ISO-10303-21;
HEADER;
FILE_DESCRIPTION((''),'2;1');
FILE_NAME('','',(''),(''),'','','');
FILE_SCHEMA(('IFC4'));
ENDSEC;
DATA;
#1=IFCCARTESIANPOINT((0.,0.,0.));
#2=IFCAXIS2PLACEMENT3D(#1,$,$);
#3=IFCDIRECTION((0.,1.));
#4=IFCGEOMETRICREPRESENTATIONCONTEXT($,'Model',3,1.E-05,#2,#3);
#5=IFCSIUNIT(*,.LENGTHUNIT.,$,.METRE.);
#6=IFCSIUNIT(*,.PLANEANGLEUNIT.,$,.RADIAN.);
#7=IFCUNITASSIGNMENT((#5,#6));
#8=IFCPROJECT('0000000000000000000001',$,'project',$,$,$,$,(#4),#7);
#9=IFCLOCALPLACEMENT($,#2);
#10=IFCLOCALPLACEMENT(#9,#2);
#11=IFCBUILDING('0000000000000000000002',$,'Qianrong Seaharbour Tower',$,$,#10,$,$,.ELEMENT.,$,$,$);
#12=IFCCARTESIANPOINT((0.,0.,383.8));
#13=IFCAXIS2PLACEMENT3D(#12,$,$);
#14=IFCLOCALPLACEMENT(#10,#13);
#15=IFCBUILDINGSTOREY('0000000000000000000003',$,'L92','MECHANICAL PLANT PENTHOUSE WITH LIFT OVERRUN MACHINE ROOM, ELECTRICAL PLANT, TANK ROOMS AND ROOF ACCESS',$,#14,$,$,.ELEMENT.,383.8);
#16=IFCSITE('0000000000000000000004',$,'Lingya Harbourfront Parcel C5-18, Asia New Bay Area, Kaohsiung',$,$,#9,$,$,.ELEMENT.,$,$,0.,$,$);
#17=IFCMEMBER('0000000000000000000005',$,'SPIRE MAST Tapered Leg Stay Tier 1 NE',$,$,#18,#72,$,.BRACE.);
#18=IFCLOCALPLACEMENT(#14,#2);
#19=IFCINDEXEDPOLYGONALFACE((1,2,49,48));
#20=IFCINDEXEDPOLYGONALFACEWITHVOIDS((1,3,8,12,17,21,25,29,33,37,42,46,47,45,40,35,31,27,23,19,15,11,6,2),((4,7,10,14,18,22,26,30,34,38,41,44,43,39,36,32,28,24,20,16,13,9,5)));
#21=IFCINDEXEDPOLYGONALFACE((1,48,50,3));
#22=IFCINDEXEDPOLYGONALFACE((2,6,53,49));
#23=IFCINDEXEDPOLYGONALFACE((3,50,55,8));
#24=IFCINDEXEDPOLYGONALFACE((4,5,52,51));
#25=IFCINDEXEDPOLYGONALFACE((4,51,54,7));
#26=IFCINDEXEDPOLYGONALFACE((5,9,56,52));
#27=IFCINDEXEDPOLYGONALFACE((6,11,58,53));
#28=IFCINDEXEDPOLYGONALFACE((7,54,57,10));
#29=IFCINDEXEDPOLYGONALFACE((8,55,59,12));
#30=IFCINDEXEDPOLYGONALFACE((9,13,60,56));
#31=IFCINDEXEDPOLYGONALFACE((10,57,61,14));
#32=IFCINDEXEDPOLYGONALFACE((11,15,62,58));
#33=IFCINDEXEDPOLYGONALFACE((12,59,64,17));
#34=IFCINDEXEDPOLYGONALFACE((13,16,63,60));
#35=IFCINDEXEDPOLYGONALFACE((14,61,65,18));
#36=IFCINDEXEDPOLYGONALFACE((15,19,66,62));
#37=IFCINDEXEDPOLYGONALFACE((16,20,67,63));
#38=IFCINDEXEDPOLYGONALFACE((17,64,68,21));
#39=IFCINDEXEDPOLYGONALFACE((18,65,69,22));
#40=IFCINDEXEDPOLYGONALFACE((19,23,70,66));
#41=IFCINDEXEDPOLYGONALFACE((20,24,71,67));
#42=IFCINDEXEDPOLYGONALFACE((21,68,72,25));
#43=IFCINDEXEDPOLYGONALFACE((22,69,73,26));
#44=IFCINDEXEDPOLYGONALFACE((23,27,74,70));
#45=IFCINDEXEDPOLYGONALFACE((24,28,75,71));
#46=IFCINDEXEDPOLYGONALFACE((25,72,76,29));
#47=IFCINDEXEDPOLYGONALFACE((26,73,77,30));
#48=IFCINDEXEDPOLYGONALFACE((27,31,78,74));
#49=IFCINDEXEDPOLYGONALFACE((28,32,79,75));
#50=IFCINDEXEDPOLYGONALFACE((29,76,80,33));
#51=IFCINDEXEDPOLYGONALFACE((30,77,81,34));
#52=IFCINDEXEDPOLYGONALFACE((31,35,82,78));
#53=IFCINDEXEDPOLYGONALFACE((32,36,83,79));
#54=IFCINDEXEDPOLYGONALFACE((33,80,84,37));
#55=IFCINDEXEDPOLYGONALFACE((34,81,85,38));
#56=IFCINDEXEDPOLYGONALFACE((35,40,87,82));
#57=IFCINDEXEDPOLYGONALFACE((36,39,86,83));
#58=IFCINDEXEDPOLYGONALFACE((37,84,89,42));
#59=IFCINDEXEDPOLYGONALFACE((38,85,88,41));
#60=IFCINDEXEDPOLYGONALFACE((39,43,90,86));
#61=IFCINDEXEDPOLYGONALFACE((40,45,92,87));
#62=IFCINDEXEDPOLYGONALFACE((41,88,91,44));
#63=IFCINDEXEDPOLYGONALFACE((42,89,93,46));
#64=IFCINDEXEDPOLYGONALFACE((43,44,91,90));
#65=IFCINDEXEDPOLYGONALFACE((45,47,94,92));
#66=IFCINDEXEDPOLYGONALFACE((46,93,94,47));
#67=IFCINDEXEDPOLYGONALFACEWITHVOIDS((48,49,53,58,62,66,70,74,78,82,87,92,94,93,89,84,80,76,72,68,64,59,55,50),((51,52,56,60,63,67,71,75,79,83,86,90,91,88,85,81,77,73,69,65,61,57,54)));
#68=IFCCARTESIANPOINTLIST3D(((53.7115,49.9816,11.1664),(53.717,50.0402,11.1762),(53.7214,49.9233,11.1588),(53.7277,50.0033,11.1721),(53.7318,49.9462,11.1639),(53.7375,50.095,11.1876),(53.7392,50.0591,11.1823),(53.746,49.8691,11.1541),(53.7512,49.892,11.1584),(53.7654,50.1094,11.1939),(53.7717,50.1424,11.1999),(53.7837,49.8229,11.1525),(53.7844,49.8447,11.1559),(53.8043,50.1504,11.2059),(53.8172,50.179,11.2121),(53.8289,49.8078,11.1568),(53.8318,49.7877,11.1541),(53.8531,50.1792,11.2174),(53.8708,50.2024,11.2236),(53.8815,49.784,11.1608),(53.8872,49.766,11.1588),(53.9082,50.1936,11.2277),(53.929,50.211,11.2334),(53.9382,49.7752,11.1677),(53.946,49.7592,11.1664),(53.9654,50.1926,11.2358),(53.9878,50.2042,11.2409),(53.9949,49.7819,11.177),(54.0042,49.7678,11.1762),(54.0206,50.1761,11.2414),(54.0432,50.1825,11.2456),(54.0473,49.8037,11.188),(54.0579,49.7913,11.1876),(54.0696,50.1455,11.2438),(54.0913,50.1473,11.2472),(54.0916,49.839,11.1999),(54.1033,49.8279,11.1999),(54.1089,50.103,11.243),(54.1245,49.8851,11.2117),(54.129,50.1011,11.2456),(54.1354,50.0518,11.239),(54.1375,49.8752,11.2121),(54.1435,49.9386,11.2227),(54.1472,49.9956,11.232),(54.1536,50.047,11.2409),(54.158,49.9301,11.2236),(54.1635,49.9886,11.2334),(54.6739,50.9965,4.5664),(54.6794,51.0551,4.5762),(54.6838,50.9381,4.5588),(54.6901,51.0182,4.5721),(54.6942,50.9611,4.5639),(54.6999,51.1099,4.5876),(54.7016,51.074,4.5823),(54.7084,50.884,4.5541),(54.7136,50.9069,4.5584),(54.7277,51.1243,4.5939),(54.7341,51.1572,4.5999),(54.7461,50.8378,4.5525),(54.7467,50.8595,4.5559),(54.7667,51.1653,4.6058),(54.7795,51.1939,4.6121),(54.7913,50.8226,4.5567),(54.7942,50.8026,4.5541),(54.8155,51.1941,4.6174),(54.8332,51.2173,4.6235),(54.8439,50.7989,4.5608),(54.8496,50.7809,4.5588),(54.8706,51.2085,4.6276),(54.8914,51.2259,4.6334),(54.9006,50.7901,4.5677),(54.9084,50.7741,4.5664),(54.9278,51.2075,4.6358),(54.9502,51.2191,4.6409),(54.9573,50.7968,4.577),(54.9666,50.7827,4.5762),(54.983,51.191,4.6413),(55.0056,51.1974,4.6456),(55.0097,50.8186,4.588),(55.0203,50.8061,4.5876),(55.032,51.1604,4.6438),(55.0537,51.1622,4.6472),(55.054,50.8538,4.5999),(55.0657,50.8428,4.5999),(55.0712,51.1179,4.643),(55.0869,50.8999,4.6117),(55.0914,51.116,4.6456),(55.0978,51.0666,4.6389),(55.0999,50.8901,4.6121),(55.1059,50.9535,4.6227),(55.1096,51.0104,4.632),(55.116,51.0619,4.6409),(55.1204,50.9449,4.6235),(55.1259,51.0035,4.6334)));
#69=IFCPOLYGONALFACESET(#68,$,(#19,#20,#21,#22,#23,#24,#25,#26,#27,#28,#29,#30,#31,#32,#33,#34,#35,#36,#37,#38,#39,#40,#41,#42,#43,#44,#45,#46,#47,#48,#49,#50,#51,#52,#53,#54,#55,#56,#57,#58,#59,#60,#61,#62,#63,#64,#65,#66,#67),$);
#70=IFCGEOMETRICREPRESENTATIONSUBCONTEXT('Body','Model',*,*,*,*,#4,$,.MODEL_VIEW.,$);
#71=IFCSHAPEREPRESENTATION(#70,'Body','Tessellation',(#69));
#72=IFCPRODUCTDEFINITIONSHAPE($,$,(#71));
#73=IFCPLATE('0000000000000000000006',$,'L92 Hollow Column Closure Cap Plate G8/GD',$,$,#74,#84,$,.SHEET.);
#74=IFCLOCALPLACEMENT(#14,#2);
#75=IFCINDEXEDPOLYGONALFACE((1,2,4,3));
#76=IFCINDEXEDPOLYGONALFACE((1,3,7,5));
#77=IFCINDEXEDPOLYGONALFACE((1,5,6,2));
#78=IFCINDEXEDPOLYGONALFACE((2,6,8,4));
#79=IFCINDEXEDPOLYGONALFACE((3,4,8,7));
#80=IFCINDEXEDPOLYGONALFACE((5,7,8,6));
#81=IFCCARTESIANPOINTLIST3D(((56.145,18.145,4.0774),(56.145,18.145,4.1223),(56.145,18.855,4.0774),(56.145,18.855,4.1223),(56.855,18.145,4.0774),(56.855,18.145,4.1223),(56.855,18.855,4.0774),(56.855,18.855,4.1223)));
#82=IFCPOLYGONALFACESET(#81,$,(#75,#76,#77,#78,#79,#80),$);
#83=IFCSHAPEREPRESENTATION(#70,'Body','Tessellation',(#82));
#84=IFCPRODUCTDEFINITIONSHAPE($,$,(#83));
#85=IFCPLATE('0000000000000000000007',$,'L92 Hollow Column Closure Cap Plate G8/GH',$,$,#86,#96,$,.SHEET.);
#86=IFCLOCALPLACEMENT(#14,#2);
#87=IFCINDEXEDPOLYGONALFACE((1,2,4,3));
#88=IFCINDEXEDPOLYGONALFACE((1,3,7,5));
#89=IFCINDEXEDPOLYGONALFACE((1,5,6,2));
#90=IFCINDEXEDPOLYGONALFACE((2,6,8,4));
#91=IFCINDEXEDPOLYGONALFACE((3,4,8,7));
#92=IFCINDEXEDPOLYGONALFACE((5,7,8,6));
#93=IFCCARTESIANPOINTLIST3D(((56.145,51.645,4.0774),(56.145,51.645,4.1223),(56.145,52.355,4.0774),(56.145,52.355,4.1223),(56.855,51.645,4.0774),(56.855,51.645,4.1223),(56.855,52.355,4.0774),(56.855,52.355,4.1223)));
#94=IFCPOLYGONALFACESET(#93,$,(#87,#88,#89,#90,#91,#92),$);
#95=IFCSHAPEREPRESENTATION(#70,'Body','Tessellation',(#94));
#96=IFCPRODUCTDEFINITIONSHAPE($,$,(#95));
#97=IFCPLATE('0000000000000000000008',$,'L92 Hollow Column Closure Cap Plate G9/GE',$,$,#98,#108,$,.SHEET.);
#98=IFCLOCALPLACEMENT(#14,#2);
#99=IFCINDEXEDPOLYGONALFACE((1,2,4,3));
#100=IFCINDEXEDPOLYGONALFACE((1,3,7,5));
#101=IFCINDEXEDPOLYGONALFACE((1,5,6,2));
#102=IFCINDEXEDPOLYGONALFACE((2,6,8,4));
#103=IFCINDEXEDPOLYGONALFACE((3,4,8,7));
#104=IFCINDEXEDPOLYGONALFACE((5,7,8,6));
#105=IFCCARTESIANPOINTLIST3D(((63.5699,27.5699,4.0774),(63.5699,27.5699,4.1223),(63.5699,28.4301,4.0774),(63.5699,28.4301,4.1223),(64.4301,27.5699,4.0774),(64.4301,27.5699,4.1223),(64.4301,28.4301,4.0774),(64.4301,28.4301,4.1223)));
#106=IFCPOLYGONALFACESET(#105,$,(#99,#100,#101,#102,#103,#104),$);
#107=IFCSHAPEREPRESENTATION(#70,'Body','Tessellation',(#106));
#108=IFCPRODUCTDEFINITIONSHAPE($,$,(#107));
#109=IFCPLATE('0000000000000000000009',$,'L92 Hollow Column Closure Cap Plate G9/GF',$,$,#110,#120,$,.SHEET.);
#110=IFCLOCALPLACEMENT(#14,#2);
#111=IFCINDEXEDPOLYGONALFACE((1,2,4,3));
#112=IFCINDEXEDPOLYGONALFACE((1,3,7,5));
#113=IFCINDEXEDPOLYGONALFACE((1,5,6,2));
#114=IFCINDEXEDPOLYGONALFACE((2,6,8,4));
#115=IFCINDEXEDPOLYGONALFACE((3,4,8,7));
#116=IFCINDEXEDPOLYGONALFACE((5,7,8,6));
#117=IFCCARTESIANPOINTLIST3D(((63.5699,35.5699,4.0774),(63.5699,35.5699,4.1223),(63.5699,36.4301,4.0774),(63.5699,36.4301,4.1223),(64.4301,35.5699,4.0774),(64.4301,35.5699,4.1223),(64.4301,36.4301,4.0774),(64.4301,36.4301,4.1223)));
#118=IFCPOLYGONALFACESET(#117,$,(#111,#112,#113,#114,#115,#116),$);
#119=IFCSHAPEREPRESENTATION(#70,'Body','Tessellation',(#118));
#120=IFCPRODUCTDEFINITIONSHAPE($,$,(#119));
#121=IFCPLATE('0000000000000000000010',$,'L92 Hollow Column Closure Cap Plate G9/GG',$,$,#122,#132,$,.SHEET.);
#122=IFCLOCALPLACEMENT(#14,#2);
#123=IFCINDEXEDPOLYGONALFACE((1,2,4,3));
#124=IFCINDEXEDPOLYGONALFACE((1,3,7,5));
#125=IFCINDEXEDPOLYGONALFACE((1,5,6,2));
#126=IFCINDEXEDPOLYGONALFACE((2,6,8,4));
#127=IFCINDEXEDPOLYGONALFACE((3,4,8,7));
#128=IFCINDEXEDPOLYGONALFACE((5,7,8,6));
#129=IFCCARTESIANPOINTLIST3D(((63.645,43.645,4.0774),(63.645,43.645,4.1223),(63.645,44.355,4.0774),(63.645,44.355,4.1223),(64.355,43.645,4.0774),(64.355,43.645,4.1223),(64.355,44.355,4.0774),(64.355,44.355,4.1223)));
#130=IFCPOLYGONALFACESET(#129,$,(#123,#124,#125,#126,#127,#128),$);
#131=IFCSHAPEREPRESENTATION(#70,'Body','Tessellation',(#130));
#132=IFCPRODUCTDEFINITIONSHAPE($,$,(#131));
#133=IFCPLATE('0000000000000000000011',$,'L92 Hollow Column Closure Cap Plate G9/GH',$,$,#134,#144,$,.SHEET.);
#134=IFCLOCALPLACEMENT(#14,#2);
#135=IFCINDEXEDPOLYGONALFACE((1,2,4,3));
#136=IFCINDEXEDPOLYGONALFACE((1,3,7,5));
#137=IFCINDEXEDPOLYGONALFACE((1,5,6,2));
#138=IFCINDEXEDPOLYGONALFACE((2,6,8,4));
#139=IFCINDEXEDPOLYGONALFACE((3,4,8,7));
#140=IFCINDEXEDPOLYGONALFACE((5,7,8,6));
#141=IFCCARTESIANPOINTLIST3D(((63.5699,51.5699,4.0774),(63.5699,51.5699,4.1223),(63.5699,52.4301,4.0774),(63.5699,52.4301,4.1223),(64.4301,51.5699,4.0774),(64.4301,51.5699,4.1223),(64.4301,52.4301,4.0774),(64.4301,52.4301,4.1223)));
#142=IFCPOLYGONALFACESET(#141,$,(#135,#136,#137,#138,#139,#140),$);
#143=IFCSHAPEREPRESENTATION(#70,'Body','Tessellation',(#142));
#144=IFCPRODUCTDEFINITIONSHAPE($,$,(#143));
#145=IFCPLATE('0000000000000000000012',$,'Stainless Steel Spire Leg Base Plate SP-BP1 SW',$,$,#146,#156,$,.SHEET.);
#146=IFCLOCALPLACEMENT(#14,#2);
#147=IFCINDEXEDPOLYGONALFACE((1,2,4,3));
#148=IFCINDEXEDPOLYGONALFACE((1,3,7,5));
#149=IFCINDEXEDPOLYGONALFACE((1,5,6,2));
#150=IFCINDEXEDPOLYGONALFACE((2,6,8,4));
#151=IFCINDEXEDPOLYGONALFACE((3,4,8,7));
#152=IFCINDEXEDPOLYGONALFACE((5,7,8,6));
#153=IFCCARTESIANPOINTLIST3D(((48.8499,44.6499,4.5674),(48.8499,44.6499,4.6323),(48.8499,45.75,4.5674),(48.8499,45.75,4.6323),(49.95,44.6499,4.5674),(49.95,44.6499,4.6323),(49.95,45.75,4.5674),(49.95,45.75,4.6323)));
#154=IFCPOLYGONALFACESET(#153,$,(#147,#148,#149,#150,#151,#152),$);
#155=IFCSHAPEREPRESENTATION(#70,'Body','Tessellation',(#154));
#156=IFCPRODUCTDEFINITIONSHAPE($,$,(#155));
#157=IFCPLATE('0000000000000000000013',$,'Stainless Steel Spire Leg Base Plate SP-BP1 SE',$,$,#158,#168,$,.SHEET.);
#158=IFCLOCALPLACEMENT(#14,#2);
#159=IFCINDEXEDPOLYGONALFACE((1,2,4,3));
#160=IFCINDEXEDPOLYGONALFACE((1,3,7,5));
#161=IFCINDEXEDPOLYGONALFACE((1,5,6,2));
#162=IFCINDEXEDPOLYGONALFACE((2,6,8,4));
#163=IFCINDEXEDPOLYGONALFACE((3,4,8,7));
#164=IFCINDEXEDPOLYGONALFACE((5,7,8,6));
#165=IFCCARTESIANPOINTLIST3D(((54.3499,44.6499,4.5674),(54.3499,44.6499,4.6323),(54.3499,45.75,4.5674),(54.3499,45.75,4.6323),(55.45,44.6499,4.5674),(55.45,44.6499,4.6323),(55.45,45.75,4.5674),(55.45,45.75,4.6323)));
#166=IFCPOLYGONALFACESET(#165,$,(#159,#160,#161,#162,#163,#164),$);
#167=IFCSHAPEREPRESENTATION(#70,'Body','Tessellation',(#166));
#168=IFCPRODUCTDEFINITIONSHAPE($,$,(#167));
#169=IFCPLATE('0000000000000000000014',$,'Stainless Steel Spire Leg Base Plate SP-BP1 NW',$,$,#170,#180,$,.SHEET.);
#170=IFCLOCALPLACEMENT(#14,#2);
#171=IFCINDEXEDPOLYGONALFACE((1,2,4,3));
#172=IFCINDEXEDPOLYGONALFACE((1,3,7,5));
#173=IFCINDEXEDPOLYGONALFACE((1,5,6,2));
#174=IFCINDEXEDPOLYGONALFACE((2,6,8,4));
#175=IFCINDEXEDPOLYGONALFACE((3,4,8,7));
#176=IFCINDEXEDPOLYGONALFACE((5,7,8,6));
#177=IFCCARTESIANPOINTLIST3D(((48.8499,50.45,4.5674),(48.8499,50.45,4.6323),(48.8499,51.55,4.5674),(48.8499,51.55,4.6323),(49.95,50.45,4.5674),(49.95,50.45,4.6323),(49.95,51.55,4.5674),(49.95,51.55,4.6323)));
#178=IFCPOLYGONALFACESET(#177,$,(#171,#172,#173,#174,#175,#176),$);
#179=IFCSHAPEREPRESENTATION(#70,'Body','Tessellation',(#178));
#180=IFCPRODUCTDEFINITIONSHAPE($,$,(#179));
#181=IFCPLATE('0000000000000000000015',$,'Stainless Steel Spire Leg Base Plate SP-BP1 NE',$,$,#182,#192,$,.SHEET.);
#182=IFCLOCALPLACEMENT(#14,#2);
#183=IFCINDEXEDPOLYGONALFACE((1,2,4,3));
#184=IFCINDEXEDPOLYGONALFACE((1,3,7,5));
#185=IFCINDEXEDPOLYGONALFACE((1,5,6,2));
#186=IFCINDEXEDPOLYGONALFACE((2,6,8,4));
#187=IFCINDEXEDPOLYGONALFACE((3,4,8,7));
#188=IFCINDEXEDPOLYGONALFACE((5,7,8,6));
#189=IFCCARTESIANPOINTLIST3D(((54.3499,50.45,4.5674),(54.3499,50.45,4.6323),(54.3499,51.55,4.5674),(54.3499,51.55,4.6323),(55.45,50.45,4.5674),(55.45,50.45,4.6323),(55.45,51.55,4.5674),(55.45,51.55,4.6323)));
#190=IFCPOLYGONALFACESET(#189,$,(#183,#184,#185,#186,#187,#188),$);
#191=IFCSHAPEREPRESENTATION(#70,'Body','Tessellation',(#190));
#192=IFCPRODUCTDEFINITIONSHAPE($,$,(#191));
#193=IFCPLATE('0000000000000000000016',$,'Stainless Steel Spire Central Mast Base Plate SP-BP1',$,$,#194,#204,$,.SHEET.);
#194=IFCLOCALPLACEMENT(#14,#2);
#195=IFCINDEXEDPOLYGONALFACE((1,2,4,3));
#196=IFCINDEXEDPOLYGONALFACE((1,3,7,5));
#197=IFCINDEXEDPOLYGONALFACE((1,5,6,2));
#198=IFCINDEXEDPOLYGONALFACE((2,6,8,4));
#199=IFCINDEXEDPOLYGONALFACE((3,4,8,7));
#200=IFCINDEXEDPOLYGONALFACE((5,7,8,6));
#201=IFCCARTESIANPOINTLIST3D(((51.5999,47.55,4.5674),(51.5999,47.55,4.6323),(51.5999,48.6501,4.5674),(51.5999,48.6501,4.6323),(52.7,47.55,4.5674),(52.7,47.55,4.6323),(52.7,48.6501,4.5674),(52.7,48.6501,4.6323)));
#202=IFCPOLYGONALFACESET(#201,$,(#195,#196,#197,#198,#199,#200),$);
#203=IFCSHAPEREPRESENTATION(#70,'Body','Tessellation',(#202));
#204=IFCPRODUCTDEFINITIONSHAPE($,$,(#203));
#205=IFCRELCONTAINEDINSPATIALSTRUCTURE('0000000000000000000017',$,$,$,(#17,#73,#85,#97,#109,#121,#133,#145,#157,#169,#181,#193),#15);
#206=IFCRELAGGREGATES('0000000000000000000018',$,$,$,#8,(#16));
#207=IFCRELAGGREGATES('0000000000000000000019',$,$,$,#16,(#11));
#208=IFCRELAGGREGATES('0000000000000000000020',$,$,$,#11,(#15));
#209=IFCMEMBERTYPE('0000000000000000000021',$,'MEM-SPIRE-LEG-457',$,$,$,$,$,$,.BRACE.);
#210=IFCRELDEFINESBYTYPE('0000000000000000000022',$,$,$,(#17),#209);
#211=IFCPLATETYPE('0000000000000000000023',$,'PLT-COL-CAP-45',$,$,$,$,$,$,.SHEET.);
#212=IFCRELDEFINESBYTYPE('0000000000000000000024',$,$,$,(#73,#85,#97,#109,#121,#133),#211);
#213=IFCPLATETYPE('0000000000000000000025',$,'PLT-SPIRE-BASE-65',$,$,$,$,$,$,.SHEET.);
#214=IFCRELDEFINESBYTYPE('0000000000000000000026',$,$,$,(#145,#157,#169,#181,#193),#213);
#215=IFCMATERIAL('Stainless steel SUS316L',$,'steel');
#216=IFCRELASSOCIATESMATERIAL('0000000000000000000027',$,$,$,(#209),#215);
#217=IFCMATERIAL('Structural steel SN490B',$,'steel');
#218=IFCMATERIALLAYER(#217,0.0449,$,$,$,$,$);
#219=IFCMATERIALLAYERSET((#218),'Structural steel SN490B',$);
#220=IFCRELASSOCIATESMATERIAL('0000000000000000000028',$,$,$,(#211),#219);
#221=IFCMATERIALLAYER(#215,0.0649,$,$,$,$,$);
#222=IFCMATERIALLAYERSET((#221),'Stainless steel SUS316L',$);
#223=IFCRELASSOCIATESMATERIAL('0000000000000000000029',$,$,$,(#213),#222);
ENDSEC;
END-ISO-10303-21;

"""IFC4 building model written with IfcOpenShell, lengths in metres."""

from ifc_helpers import new_model, si_unit, direction, frame, origin, origin_2d, place, context, subcontext, project, spatial, rectangle, hollow_circle, extrude, material, layer, layer_set, material_profile, profile_set, type_object, element, save


model = new_model("IFC4")

# Units and contexts
model_context = context("Model", 3, precision=1e-05, world=origin(), true_north=direction((0.0, 1.0)))
body_context = subcontext(model_context, "Body", "Model", "MODEL_VIEW")
ifc_project = project(units=[si_unit("LENGTHUNIT", "METRE"), si_unit("PLANEANGLEUNIT", "RADIAN")], contexts=[model_context])

# Site, building, storey
site_placement = place(None, origin())
site = spatial("IfcSite", under=ifc_project, at=site_placement, Name="Lingya Harbourfront Parcel C5-18, Asia New Bay Area, Kaohsiung", CompositionType="ELEMENT", RefElevation=0.0)
building_placement = place(site_placement, origin())
building = spatial("IfcBuilding", under=site, at=building_placement, Name="Qianrong Seaharbour Tower", CompositionType="ELEMENT")
storey_placement = place(building_placement, frame((0.0, 0.0, 383.8)))
storey = spatial("IfcBuildingStorey", under=building, at=storey_placement, Name="L92", Description="MECHANICAL PLANT PENTHOUSE WITH LIFT OVERRUN MACHINE ROOM, ELECTRICAL PLANT, TANK ROOMS AND ROOF ACCESS", CompositionType="ELEMENT", Elevation=383.8)

# Shared definitions
ifc_material_1 = material(Name="Stainless steel SUS316L", Category="steel")

# Member
ifc_material_profile_1 = material_profile(ifc_material_1, hollow_circle(Radius=0.2285, WallThickness=0.0161, at=origin_2d()), Name="CHS457.2x16")
ifc_profile_set_1 = profile_set([ifc_material_profile_1], Name="Stainless steel SUS316L")
member_type_1 = type_object("IfcMemberType", Name="MEM-SPIRE-LEG-457", PredefinedType="BRACE", material=ifc_profile_set_1)
for number, where, z_axis, x_axis, name in (
    (1, (54.8999, 51.0, 4.5999), (-0.142649, -0.150429, 0.978275), (0.725622, -0.688093, 0.0), "SPIRE MAST Tapered Leg Stay Tier 1 NE"),
):
    element("IfcMember", number, at=place(storey_placement, frame(where, z_axis=z_axis, x_axis=x_axis)), inside=storey, type_object=member_type_1, Name=name, PredefinedType="BRACE", context=body_context, shape_type="SweptSolid", body=[
        extrude(hollow_circle(Radius=0.2285, WallThickness=0.0161, at=origin_2d()), origin(), (0.0, 0.0, 1.0), 6.7466),
    ])

# Plates
ifc_material_2 = material(Name="Structural steel SN490B", Category="steel")
ifc_layer_1 = layer(ifc_material_2, 0.0449)
ifc_layer_set_1 = layer_set([ifc_layer_1], Name="Structural steel SN490B")
plate_type_1 = type_object("IfcPlateType", Name="PLT-COL-CAP-45", PredefinedType="SHEET", material=ifc_layer_set_1)
for number, where, z_axis, x_axis, name in (
    (2, (56.5, 18.5, 4.0774), (0.0, 0.0, 1.0), (1.0, 0.0, 0.0), "L92 Hollow Column Closure Cap Plate G8/GD"),
    (3, (56.5, 52.0, 4.0774), (0.0, 0.0, 1.0), (1.0, 0.0, 0.0), "L92 Hollow Column Closure Cap Plate G8/GH"),
):
    element("IfcPlate", number, at=place(storey_placement, frame(where, z_axis=z_axis, x_axis=x_axis)), inside=storey, type_object=plate_type_1, Name=name, PredefinedType="SHEET", context=body_context, shape_type="SweptSolid", body=[
        extrude(rectangle(XDim=0.71, YDim=0.71, at=origin_2d()), origin(), (0.0, 0.0, 1.0), 0.0449),
    ])
for number, where, z_axis, x_axis, name in (
    (4, (64.0, 28.0, 4.0774), (0.0, 0.0, 1.0), (1.0, 0.0, 0.0), "L92 Hollow Column Closure Cap Plate G9/GE"),
    (5, (64.0, 36.0, 4.0774), (0.0, 0.0, 1.0), (1.0, 0.0, 0.0), "L92 Hollow Column Closure Cap Plate G9/GF"),
):
    element("IfcPlate", number, at=place(storey_placement, frame(where, z_axis=z_axis, x_axis=x_axis)), inside=storey, type_object=plate_type_1, Name=name, PredefinedType="SHEET", context=body_context, shape_type="SweptSolid", body=[
        extrude(rectangle(XDim=0.8601, YDim=0.8601, at=origin_2d()), origin(), (0.0, 0.0, 1.0), 0.0449),
    ])
plate_1_placement = place(storey_placement, frame((64.0, 44.0, 4.0774), z_axis=(0.0, 0.0, 1.0), x_axis=(1.0, 0.0, 0.0)))
element("IfcPlate", 6, at=plate_1_placement, inside=storey, type_object=plate_type_1, Name="L92 Hollow Column Closure Cap Plate G9/GG", PredefinedType="SHEET", context=body_context, shape_type="SweptSolid", body=[
    extrude(rectangle(XDim=0.71, YDim=0.71, at=origin_2d()), origin(), (0.0, 0.0, 1.0), 0.0449),
])
plate_2_placement = place(storey_placement, frame((64.0, 52.0, 4.0774), z_axis=(0.0, 0.0, 1.0), x_axis=(1.0, 0.0, 0.0)))
element("IfcPlate", 7, at=plate_2_placement, inside=storey, type_object=plate_type_1, Name="L92 Hollow Column Closure Cap Plate G9/GH", PredefinedType="SHEET", context=body_context, shape_type="SweptSolid", body=[
    extrude(rectangle(XDim=0.8601, YDim=0.8601, at=origin_2d()), origin(), (0.0, 0.0, 1.0), 0.0449),
])
ifc_layer_2 = layer(ifc_material_1, 0.0649)
ifc_layer_set_2 = layer_set([ifc_layer_2], Name="Stainless steel SUS316L")
plate_type_2 = type_object("IfcPlateType", Name="PLT-SPIRE-BASE-65", PredefinedType="SHEET", material=ifc_layer_set_2)
for number, where, z_axis, x_axis, name in (
    (8, (49.3999, 45.2, 4.5674), (0.0, 0.0, 1.0), (1.0, 0.0, 0.0), "Stainless Steel Spire Leg Base Plate SP-BP1 SW"),
    (9, (54.8999, 45.2, 4.5674), (0.0, 0.0, 1.0), (1.0, 0.0, 0.0), "Stainless Steel Spire Leg Base Plate SP-BP1 SE"),
    (10, (49.3999, 51.0, 4.5674), (0.0, 0.0, 1.0), (1.0, 0.0, 0.0), "Stainless Steel Spire Leg Base Plate SP-BP1 NW"),
    (11, (54.8999, 51.0, 4.5674), (0.0, 0.0, 1.0), (1.0, 0.0, 0.0), "Stainless Steel Spire Leg Base Plate SP-BP1 NE"),
    (12, (52.1499, 48.1001, 4.5674), (0.0, 0.0, 1.0), (1.0, 0.0, 0.0), "Stainless Steel Spire Central Mast Base Plate SP-BP1"),
):
    element("IfcPlate", number, at=place(storey_placement, frame(where, z_axis=z_axis, x_axis=x_axis)), inside=storey, type_object=plate_type_2, Name=name, PredefinedType="SHEET", context=body_context, shape_type="SweptSolid", body=[
        extrude(rectangle(XDim=1.1001, YDim=1.1001, at=origin_2d()), origin(), (0.0, 0.0, 1.0), 0.0649),
    ])

save(model, "model.ifc")
